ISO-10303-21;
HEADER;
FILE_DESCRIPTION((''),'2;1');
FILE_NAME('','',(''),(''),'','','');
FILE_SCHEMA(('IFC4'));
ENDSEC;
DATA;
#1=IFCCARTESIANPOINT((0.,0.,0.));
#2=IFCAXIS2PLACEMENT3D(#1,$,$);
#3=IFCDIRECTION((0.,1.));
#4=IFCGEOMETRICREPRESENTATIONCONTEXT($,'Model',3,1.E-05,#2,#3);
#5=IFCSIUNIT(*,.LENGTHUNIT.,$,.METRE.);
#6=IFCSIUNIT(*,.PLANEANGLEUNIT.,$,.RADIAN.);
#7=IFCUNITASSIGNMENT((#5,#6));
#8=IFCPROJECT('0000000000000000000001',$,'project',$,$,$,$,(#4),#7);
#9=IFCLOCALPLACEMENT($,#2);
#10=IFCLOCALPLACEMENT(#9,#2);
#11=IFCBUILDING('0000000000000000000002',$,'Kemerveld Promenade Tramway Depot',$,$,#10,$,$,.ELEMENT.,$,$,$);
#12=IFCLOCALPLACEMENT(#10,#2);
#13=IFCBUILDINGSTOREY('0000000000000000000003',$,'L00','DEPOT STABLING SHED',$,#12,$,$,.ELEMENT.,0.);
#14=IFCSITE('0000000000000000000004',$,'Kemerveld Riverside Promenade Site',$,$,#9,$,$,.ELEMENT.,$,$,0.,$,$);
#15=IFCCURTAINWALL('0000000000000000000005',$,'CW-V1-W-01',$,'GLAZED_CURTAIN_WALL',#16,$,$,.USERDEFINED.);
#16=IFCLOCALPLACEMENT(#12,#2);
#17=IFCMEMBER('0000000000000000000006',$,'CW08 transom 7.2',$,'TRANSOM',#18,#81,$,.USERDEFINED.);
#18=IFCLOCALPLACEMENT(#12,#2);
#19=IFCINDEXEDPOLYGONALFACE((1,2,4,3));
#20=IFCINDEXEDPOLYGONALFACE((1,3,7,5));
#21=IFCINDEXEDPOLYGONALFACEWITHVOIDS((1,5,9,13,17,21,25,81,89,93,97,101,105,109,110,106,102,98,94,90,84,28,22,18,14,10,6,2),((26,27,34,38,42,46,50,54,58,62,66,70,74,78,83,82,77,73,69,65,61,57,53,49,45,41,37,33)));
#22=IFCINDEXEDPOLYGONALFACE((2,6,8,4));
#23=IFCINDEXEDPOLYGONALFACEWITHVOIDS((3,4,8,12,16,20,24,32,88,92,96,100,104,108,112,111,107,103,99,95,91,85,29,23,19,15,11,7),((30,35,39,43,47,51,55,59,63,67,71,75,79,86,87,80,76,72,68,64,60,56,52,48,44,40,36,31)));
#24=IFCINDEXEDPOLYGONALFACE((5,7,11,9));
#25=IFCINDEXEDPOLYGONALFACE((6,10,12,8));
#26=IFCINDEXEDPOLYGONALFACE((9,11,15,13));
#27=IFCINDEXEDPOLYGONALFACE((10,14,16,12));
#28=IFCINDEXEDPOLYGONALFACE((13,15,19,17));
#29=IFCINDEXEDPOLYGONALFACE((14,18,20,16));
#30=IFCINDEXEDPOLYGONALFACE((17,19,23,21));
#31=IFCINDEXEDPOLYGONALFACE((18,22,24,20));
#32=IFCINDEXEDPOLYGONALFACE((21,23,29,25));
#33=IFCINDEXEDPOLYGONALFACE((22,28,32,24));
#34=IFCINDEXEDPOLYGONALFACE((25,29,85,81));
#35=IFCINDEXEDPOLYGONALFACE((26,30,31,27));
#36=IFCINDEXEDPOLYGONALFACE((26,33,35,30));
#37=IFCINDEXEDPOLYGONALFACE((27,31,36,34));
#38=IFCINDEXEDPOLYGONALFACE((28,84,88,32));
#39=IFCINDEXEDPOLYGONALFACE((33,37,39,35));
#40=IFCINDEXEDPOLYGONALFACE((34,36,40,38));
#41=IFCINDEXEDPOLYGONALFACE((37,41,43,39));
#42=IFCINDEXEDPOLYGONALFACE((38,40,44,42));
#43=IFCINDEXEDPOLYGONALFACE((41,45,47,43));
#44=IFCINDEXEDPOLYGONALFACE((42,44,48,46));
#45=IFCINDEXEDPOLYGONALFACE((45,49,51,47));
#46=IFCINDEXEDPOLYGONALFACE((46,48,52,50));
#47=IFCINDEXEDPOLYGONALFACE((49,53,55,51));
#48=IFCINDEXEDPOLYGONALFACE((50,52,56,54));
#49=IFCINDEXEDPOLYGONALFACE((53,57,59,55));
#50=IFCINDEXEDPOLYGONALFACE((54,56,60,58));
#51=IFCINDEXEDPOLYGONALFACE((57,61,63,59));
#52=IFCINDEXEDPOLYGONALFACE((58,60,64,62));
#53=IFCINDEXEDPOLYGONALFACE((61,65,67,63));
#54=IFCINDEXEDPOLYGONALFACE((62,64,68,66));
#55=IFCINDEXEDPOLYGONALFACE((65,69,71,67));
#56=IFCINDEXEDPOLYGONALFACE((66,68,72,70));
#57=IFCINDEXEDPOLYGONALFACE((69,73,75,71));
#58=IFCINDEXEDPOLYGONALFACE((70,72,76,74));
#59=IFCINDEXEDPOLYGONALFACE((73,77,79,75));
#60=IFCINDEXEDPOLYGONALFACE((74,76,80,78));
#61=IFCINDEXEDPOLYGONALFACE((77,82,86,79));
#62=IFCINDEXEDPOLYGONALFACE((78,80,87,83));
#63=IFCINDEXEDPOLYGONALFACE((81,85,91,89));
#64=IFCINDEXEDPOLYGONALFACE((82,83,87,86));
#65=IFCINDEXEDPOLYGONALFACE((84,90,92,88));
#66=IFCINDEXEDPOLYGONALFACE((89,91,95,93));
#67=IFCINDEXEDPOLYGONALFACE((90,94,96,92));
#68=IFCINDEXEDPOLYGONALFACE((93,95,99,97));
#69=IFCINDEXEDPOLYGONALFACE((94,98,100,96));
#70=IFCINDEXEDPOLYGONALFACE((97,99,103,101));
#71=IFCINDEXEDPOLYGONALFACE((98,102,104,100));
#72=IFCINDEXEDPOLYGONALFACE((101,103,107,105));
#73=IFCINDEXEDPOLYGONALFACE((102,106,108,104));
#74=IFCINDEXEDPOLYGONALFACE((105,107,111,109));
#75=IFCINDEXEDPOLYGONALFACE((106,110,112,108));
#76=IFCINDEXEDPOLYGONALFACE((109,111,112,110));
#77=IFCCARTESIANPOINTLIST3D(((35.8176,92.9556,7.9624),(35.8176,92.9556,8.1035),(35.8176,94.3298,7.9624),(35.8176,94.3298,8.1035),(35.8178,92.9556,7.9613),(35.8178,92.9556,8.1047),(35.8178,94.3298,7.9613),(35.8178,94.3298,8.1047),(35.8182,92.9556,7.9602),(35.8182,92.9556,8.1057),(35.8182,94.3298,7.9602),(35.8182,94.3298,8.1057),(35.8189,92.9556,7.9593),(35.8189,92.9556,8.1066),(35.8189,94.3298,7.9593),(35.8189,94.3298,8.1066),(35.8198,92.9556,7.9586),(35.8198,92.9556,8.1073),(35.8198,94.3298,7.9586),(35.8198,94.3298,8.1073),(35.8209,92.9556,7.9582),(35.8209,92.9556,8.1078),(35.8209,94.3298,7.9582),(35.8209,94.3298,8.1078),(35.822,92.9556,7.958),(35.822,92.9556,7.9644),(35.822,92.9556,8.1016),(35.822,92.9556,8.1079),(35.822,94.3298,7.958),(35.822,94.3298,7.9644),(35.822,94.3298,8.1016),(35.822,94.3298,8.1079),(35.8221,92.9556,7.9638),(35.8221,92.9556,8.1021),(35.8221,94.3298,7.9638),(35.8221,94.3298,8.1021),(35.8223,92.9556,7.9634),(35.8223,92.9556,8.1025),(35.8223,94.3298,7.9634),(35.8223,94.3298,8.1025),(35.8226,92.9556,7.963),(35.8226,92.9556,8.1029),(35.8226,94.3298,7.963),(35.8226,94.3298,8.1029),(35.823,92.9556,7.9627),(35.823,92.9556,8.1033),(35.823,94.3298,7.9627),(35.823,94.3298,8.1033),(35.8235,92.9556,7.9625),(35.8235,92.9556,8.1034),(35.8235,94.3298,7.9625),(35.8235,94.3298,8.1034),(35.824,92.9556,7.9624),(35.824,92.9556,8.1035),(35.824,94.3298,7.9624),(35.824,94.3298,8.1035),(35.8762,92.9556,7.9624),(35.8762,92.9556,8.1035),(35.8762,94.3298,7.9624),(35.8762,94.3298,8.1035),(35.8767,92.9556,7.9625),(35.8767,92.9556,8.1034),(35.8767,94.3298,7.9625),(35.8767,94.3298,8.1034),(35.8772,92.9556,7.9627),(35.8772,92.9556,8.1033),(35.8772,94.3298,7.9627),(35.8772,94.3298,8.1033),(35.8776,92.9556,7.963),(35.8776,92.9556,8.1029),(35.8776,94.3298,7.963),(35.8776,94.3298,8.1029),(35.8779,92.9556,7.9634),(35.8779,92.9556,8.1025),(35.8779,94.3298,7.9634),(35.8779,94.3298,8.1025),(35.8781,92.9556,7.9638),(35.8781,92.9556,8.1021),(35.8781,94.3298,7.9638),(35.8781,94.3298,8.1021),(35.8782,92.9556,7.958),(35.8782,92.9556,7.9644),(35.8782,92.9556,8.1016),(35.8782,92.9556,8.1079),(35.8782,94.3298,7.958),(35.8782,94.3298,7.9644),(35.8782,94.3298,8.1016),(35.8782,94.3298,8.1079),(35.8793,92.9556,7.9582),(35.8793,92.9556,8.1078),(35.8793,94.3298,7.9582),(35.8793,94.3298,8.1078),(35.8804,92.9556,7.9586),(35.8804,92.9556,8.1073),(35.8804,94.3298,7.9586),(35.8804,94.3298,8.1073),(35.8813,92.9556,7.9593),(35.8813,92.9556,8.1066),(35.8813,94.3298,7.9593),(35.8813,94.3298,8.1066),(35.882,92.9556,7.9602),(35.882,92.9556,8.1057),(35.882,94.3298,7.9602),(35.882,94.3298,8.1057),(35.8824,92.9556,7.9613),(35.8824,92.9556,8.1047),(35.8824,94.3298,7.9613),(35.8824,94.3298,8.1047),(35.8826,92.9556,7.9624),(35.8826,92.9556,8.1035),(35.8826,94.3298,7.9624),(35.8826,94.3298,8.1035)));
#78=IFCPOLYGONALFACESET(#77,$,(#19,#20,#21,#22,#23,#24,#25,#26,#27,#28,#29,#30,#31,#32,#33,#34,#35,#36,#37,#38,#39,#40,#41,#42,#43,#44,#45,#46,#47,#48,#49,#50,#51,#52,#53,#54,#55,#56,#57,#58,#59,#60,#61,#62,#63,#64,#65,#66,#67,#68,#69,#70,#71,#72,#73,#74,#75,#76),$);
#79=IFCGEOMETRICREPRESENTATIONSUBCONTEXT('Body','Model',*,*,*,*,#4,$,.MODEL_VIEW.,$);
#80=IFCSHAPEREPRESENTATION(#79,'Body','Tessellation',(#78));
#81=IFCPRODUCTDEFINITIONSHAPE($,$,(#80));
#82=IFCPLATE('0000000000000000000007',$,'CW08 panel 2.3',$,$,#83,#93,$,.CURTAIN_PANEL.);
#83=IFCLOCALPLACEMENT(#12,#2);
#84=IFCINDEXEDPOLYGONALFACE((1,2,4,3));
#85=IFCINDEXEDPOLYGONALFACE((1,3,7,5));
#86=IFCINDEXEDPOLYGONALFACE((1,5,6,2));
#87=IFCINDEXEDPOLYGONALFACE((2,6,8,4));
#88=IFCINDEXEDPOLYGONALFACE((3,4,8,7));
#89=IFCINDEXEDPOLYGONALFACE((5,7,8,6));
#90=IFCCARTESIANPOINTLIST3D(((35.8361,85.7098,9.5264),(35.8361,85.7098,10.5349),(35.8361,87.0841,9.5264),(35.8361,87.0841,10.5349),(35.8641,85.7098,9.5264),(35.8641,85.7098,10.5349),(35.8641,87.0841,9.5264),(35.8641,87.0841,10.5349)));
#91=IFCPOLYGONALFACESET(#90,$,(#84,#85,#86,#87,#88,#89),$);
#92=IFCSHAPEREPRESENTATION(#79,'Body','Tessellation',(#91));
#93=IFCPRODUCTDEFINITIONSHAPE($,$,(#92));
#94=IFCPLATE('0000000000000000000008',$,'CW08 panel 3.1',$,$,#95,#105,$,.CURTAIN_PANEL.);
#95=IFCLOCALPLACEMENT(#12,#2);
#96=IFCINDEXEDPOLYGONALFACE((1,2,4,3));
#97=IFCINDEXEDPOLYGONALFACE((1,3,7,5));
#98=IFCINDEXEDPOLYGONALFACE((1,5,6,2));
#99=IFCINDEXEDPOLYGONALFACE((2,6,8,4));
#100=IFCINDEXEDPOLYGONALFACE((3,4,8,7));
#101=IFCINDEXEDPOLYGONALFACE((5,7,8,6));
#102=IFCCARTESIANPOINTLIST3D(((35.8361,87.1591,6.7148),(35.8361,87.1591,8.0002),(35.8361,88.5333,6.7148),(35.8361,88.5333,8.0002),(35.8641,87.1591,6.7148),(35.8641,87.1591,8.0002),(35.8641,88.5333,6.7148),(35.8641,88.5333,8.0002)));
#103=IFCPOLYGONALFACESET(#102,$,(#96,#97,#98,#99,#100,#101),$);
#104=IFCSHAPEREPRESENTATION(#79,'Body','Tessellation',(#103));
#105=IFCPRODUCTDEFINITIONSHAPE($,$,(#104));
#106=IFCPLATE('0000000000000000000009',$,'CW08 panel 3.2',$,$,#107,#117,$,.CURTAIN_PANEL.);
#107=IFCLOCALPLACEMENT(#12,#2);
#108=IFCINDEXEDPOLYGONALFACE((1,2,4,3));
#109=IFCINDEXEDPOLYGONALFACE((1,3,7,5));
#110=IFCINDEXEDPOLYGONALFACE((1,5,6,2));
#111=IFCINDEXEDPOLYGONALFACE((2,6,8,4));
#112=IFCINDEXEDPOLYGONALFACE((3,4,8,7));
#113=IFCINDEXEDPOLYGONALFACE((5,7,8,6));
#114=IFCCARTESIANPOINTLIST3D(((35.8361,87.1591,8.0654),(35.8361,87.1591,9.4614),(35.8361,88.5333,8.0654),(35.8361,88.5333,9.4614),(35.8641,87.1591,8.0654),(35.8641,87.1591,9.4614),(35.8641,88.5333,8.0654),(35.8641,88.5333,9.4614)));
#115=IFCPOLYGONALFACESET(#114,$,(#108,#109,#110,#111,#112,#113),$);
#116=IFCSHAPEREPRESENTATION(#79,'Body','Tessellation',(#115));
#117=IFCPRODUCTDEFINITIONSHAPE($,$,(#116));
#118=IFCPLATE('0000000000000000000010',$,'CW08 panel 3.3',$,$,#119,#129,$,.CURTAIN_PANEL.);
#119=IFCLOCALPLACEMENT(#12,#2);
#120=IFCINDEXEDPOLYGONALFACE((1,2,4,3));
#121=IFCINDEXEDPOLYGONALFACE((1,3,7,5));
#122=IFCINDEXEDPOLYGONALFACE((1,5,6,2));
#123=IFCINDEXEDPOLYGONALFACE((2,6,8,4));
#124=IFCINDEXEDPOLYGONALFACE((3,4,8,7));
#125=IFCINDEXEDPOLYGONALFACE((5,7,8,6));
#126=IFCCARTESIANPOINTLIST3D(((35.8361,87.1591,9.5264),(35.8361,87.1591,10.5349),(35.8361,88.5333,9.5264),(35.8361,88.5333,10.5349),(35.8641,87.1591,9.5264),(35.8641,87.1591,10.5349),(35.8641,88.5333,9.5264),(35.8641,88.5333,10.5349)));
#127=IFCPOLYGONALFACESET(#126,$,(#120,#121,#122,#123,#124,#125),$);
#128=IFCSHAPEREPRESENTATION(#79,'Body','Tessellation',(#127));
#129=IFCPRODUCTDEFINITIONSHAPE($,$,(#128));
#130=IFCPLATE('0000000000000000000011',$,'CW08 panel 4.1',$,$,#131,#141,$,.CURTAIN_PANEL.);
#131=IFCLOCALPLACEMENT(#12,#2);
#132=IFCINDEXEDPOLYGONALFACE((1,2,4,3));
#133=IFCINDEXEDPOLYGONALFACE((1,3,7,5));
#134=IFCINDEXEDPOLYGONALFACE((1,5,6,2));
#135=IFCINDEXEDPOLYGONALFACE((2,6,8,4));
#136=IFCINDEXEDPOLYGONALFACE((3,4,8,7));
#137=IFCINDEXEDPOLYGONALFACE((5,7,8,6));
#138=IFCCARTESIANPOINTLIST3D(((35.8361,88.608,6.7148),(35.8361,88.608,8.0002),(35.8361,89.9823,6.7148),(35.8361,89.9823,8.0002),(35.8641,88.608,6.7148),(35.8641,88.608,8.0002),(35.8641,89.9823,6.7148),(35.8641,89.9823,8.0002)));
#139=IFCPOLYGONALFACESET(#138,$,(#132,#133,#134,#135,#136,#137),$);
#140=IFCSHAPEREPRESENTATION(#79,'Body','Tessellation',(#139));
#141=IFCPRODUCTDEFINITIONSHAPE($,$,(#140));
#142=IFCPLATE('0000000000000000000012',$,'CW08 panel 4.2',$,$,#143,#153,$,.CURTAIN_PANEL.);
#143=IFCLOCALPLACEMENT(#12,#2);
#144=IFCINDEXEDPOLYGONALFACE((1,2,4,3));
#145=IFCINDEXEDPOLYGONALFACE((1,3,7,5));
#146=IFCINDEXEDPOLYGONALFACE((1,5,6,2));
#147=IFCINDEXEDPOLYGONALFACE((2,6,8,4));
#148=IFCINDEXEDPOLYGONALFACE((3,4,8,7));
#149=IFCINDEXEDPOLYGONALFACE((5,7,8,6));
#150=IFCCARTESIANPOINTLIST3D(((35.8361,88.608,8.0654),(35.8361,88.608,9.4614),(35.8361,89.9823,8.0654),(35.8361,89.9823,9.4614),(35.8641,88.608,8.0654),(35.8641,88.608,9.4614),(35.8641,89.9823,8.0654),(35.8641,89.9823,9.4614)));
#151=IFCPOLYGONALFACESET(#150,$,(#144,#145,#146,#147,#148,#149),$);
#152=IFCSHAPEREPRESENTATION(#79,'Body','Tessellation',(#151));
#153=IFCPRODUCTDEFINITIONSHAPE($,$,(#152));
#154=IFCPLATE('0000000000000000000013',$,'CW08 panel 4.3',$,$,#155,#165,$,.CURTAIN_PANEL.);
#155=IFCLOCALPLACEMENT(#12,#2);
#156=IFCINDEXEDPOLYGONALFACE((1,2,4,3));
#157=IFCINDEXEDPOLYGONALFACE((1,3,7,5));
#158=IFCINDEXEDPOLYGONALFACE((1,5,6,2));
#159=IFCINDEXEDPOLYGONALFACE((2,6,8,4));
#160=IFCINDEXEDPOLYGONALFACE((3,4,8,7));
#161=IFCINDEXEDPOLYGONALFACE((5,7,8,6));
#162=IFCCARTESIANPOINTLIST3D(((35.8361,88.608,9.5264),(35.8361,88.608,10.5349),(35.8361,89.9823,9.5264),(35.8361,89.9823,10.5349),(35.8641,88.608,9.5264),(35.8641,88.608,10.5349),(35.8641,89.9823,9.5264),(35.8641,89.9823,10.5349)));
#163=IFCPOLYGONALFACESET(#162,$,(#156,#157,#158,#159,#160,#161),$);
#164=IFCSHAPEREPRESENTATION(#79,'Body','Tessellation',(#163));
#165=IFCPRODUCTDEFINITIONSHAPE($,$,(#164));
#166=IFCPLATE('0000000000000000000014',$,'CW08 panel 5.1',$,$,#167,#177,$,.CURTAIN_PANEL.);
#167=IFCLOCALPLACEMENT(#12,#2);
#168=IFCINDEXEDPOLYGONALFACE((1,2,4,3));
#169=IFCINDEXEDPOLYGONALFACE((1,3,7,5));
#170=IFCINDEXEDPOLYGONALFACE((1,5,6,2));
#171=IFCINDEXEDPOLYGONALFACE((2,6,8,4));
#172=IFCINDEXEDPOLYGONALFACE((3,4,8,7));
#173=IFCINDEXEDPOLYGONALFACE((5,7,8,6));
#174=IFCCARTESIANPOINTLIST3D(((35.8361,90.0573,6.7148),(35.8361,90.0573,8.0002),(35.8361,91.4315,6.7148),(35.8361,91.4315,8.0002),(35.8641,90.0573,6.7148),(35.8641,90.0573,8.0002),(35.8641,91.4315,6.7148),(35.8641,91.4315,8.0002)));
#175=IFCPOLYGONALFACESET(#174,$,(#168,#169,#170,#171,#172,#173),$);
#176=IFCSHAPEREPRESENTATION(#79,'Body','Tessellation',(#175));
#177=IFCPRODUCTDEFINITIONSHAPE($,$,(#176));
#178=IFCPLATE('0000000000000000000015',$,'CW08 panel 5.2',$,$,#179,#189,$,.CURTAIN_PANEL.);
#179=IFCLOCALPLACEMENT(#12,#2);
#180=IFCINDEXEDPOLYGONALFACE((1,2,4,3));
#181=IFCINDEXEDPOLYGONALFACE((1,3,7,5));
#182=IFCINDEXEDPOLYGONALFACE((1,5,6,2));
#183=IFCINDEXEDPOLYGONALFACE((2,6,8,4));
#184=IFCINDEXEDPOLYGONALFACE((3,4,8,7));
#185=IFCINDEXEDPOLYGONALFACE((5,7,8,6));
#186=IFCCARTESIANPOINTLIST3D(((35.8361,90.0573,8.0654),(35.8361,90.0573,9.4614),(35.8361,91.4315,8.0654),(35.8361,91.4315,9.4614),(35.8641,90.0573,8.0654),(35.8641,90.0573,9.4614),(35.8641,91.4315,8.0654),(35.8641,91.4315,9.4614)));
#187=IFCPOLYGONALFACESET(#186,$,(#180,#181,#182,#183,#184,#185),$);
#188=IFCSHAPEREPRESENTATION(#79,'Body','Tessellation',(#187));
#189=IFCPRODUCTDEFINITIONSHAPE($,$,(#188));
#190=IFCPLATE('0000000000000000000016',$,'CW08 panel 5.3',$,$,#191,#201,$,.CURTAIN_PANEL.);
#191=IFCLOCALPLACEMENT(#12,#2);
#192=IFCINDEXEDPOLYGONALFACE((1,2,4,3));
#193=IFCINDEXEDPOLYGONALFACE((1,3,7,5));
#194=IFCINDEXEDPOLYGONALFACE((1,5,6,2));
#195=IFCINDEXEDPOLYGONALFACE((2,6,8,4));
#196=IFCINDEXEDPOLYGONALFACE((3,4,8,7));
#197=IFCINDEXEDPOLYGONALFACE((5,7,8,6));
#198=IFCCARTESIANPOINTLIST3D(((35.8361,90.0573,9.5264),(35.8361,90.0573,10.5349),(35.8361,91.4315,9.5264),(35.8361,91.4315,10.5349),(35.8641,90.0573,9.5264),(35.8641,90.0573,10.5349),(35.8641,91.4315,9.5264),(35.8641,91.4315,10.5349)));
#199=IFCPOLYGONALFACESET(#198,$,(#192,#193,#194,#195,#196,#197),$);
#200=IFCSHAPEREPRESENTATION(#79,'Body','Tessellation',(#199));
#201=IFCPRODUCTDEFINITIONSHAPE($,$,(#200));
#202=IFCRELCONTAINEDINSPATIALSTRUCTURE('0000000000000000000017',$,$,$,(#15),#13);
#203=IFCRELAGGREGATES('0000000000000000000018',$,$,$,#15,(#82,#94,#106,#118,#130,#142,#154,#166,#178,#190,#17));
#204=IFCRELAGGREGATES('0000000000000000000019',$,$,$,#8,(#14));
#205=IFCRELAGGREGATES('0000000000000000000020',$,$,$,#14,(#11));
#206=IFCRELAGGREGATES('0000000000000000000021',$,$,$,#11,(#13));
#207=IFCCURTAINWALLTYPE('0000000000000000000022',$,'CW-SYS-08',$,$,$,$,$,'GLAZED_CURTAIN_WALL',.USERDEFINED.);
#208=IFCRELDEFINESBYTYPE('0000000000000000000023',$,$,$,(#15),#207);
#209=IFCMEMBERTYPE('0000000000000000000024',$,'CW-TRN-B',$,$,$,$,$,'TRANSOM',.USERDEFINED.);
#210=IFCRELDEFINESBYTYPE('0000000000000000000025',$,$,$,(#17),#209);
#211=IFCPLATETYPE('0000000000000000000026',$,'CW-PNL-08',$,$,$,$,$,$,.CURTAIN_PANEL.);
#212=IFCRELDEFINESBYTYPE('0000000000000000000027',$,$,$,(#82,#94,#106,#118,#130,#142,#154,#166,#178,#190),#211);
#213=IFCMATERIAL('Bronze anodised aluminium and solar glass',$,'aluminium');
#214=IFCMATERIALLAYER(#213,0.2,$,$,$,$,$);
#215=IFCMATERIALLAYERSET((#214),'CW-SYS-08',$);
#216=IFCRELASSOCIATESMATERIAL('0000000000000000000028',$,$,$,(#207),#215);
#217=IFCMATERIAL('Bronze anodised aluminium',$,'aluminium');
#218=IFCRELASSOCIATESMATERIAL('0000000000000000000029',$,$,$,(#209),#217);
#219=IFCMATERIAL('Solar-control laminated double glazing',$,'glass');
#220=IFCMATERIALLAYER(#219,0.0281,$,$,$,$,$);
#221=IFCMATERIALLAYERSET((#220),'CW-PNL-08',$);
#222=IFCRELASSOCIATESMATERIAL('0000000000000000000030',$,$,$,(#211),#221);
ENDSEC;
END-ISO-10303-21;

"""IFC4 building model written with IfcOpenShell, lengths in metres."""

from ifc_helpers import new_model, si_unit, direction, frame, origin, origin_2d, place, context, subcontext, project, spatial, rectangle, hollow_rectangle, extrude, material, layer, layer_set, material_profile, profile_set, type_object, element, aggregate, save


model = new_model("IFC4")

# Units and contexts
model_context = context("Model", 3, precision=1e-05, world=origin(), true_north=direction((0.0, 1.0)))
body_context = subcontext(model_context, "Body", "Model", "MODEL_VIEW")
ifc_project = project(units=[si_unit("LENGTHUNIT", "METRE"), si_unit("PLANEANGLEUNIT", "RADIAN")], contexts=[model_context])

# Site, building, storey
site_placement = place(None, origin())
site = spatial("IfcSite", under=ifc_project, at=site_placement, Name="Kemerveld Riverside Promenade Site", CompositionType="ELEMENT", RefElevation=0.0)
building_placement = place(site_placement, origin())
building = spatial("IfcBuilding", under=site, at=building_placement, Name="Kemerveld Promenade Tramway Depot", CompositionType="ELEMENT")
storey_placement = place(building_placement, origin())
storey = spatial("IfcBuildingStorey", under=building, at=storey_placement, Name="L00", Description="DEPOT STABLING SHED", CompositionType="ELEMENT", Elevation=0.0)

# Curtain wall, member, plates
ifc_material_1 = material(Name="Bronze anodised aluminium and solar glass", Category="aluminium")
ifc_layer_1 = layer(ifc_material_1, 0.2)
ifc_layer_set_1 = layer_set([ifc_layer_1], Name="CW-SYS-08")
curtain_wall_type = type_object("IfcCurtainWallType", Name="CW-SYS-08", ElementType="GLAZED_CURTAIN_WALL", PredefinedType="USERDEFINED", material=ifc_layer_set_1)
curtain_wall_placement = place(storey_placement, origin())
curtain_wall = element("IfcCurtainWall", 1, at=curtain_wall_placement, inside=storey, type_object=curtain_wall_type, Name="CW-V1-W-01", ObjectType="GLAZED_CURTAIN_WALL", PredefinedType="USERDEFINED")
ifc_material_2 = material(Name="Bronze anodised aluminium", Category="aluminium")
ifc_material_profile_1 = material_profile(ifc_material_2, hollow_rectangle(XDim=0.0649, YDim=0.1499, WallThickness=0.0044, InnerFilletRadius=0.002, OuterFilletRadius=0.0044, at=origin_2d()), Name="CW-TRN-150x65")
ifc_profile_set_1 = profile_set([ifc_material_profile_1], Name="Bronze anodised aluminium")
member_type_1 = type_object("IfcMemberType", Name="CW-TRN-B", ElementType="TRANSOM", PredefinedType="USERDEFINED", material=ifc_profile_set_1)
member_1_placement = place(storey_placement, frame((35.8501, 92.9556, 8.033), z_axis=(0.0, 1.0, 0.0), x_axis=(-1.0, 0.0, 0.0)))
member_1 = element("IfcMember", 2, at=member_1_placement, type_object=member_type_1, Name="CW08 transom 7.2", ObjectType="TRANSOM", PredefinedType="USERDEFINED", context=body_context, shape_type="SweptSolid", body=[
    extrude(hollow_rectangle(XDim=0.0649, YDim=0.1499, WallThickness=0.0044, InnerFilletRadius=0.002, OuterFilletRadius=0.0044, at=origin_2d()), origin(), (0.0, 0.0, 1.0), 1.3743),
])
ifc_material_3 = material(Name="Solar-control laminated double glazing", Category="glass")
ifc_layer_2 = layer(ifc_material_3, 0.0281)
ifc_layer_set_2 = layer_set([ifc_layer_2], Name="CW-PNL-08")
plate_type = type_object("IfcPlateType", Name="CW-PNL-08", PredefinedType="CURTAIN_PANEL", material=ifc_layer_set_2)
plate_1_placement = place(storey_placement, frame((35.8501, 86.397, 9.5264), z_axis=(0.0, 0.0, 1.0), x_axis=(0.0, 1.0, 0.0)))
plate_1 = element("IfcPlate", 3, at=plate_1_placement, type_object=plate_type, Name="CW08 panel 2.3", PredefinedType="CURTAIN_PANEL", context=body_context, shape_type="SweptSolid", body=[
    extrude(rectangle(XDim=1.3743, YDim=0.0281, at=origin_2d()), origin(), (0.0, 0.0, 1.0), 1.0085),
])
plate_2_placement = place(storey_placement, frame((35.8501, 87.8462, 6.7148), z_axis=(0.0, 0.0, 1.0), x_axis=(0.0, 1.0, 0.0)))
plate_2 = element("IfcPlate", 4, at=plate_2_placement, type_object=plate_type, Name="CW08 panel 3.1", PredefinedType="CURTAIN_PANEL", context=body_context, shape_type="SweptSolid", body=[
    extrude(rectangle(XDim=1.3743, YDim=0.0281, at=origin_2d()), origin(), (0.0, 0.0, 1.0), 1.2854),
])
plate_3_placement = place(storey_placement, frame((35.8501, 87.8462, 8.0654), z_axis=(0.0, 0.0, 1.0), x_axis=(0.0, 1.0, 0.0)))
plate_3 = element("IfcPlate", 5, at=plate_3_placement, type_object=plate_type, Name="CW08 panel 3.2", PredefinedType="CURTAIN_PANEL", context=body_context, shape_type="SweptSolid", body=[
    extrude(rectangle(XDim=1.3743, YDim=0.0281, at=origin_2d()), origin(), (0.0, 0.0, 1.0), 1.396),
])
plate_4_placement = place(storey_placement, frame((35.8501, 87.8462, 9.5264), z_axis=(0.0, 0.0, 1.0), x_axis=(0.0, 1.0, 0.0)))
plate_4 = element("IfcPlate", 6, at=plate_4_placement, type_object=plate_type, Name="CW08 panel 3.3", PredefinedType="CURTAIN_PANEL", context=body_context, shape_type="SweptSolid", body=[
    extrude(rectangle(XDim=1.3743, YDim=0.0281, at=origin_2d()), origin(), (0.0, 0.0, 1.0), 1.0085),
])
plate_5_placement = place(storey_placement, frame((35.8501, 89.2952, 6.7148), z_axis=(0.0, 0.0, 1.0), x_axis=(0.0, 1.0, 0.0)))
plate_5 = element("IfcPlate", 7, at=plate_5_placement, type_object=plate_type, Name="CW08 panel 4.1", PredefinedType="CURTAIN_PANEL", context=body_context, shape_type="SweptSolid", body=[
    extrude(rectangle(XDim=1.3743, YDim=0.0281, at=origin_2d()), origin(), (0.0, 0.0, 1.0), 1.2854),
])
plate_6_placement = place(storey_placement, frame((35.8501, 89.2952, 8.0654), z_axis=(0.0, 0.0, 1.0), x_axis=(0.0, 1.0, 0.0)))
plate_6 = element("IfcPlate", 8, at=plate_6_placement, type_object=plate_type, Name="CW08 panel 4.2", PredefinedType="CURTAIN_PANEL", context=body_context, shape_type="SweptSolid", body=[
    extrude(rectangle(XDim=1.3743, YDim=0.0281, at=origin_2d()), origin(), (0.0, 0.0, 1.0), 1.396),
])
plate_7_placement = place(storey_placement, frame((35.8501, 89.2952, 9.5264), z_axis=(0.0, 0.0, 1.0), x_axis=(0.0, 1.0, 0.0)))
plate_7 = element("IfcPlate", 9, at=plate_7_placement, type_object=plate_type, Name="CW08 panel 4.3", PredefinedType="CURTAIN_PANEL", context=body_context, shape_type="SweptSolid", body=[
    extrude(rectangle(XDim=1.3743, YDim=0.0281, at=origin_2d()), origin(), (0.0, 0.0, 1.0), 1.0085),
])
plate_8_placement = place(storey_placement, frame((35.8501, 90.7444, 6.7148), z_axis=(0.0, 0.0, 1.0), x_axis=(0.0, 1.0, 0.0)))
plate_8 = element("IfcPlate", 10, at=plate_8_placement, type_object=plate_type, Name="CW08 panel 5.1", PredefinedType="CURTAIN_PANEL", context=body_context, shape_type="SweptSolid", body=[
    extrude(rectangle(XDim=1.3743, YDim=0.0281, at=origin_2d()), origin(), (0.0, 0.0, 1.0), 1.2854),
])
plate_9_placement = place(storey_placement, frame((35.8501, 90.7444, 8.0654), z_axis=(0.0, 0.0, 1.0), x_axis=(0.0, 1.0, 0.0)))
plate_9 = element("IfcPlate", 11, at=plate_9_placement, type_object=plate_type, Name="CW08 panel 5.2", PredefinedType="CURTAIN_PANEL", context=body_context, shape_type="SweptSolid", body=[
    extrude(rectangle(XDim=1.3743, YDim=0.0281, at=origin_2d()), origin(), (0.0, 0.0, 1.0), 1.396),
])
plate_10_placement = place(storey_placement, frame((35.8501, 90.7444, 9.5264), z_axis=(0.0, 0.0, 1.0), x_axis=(0.0, 1.0, 0.0)))
plate_10 = element("IfcPlate", 12, at=plate_10_placement, type_object=plate_type, Name="CW08 panel 5.3", PredefinedType="CURTAIN_PANEL", context=body_context, shape_type="SweptSolid", body=[
    extrude(rectangle(XDim=1.3743, YDim=0.0281, at=origin_2d()), origin(), (0.0, 0.0, 1.0), 1.0085),
])
aggregate(curtain_wall, [plate_1, plate_2, plate_3, plate_4, plate_5, plate_6, plate_7, plate_8, plate_9, plate_10, member_1])

save(model, "model.ifc")
